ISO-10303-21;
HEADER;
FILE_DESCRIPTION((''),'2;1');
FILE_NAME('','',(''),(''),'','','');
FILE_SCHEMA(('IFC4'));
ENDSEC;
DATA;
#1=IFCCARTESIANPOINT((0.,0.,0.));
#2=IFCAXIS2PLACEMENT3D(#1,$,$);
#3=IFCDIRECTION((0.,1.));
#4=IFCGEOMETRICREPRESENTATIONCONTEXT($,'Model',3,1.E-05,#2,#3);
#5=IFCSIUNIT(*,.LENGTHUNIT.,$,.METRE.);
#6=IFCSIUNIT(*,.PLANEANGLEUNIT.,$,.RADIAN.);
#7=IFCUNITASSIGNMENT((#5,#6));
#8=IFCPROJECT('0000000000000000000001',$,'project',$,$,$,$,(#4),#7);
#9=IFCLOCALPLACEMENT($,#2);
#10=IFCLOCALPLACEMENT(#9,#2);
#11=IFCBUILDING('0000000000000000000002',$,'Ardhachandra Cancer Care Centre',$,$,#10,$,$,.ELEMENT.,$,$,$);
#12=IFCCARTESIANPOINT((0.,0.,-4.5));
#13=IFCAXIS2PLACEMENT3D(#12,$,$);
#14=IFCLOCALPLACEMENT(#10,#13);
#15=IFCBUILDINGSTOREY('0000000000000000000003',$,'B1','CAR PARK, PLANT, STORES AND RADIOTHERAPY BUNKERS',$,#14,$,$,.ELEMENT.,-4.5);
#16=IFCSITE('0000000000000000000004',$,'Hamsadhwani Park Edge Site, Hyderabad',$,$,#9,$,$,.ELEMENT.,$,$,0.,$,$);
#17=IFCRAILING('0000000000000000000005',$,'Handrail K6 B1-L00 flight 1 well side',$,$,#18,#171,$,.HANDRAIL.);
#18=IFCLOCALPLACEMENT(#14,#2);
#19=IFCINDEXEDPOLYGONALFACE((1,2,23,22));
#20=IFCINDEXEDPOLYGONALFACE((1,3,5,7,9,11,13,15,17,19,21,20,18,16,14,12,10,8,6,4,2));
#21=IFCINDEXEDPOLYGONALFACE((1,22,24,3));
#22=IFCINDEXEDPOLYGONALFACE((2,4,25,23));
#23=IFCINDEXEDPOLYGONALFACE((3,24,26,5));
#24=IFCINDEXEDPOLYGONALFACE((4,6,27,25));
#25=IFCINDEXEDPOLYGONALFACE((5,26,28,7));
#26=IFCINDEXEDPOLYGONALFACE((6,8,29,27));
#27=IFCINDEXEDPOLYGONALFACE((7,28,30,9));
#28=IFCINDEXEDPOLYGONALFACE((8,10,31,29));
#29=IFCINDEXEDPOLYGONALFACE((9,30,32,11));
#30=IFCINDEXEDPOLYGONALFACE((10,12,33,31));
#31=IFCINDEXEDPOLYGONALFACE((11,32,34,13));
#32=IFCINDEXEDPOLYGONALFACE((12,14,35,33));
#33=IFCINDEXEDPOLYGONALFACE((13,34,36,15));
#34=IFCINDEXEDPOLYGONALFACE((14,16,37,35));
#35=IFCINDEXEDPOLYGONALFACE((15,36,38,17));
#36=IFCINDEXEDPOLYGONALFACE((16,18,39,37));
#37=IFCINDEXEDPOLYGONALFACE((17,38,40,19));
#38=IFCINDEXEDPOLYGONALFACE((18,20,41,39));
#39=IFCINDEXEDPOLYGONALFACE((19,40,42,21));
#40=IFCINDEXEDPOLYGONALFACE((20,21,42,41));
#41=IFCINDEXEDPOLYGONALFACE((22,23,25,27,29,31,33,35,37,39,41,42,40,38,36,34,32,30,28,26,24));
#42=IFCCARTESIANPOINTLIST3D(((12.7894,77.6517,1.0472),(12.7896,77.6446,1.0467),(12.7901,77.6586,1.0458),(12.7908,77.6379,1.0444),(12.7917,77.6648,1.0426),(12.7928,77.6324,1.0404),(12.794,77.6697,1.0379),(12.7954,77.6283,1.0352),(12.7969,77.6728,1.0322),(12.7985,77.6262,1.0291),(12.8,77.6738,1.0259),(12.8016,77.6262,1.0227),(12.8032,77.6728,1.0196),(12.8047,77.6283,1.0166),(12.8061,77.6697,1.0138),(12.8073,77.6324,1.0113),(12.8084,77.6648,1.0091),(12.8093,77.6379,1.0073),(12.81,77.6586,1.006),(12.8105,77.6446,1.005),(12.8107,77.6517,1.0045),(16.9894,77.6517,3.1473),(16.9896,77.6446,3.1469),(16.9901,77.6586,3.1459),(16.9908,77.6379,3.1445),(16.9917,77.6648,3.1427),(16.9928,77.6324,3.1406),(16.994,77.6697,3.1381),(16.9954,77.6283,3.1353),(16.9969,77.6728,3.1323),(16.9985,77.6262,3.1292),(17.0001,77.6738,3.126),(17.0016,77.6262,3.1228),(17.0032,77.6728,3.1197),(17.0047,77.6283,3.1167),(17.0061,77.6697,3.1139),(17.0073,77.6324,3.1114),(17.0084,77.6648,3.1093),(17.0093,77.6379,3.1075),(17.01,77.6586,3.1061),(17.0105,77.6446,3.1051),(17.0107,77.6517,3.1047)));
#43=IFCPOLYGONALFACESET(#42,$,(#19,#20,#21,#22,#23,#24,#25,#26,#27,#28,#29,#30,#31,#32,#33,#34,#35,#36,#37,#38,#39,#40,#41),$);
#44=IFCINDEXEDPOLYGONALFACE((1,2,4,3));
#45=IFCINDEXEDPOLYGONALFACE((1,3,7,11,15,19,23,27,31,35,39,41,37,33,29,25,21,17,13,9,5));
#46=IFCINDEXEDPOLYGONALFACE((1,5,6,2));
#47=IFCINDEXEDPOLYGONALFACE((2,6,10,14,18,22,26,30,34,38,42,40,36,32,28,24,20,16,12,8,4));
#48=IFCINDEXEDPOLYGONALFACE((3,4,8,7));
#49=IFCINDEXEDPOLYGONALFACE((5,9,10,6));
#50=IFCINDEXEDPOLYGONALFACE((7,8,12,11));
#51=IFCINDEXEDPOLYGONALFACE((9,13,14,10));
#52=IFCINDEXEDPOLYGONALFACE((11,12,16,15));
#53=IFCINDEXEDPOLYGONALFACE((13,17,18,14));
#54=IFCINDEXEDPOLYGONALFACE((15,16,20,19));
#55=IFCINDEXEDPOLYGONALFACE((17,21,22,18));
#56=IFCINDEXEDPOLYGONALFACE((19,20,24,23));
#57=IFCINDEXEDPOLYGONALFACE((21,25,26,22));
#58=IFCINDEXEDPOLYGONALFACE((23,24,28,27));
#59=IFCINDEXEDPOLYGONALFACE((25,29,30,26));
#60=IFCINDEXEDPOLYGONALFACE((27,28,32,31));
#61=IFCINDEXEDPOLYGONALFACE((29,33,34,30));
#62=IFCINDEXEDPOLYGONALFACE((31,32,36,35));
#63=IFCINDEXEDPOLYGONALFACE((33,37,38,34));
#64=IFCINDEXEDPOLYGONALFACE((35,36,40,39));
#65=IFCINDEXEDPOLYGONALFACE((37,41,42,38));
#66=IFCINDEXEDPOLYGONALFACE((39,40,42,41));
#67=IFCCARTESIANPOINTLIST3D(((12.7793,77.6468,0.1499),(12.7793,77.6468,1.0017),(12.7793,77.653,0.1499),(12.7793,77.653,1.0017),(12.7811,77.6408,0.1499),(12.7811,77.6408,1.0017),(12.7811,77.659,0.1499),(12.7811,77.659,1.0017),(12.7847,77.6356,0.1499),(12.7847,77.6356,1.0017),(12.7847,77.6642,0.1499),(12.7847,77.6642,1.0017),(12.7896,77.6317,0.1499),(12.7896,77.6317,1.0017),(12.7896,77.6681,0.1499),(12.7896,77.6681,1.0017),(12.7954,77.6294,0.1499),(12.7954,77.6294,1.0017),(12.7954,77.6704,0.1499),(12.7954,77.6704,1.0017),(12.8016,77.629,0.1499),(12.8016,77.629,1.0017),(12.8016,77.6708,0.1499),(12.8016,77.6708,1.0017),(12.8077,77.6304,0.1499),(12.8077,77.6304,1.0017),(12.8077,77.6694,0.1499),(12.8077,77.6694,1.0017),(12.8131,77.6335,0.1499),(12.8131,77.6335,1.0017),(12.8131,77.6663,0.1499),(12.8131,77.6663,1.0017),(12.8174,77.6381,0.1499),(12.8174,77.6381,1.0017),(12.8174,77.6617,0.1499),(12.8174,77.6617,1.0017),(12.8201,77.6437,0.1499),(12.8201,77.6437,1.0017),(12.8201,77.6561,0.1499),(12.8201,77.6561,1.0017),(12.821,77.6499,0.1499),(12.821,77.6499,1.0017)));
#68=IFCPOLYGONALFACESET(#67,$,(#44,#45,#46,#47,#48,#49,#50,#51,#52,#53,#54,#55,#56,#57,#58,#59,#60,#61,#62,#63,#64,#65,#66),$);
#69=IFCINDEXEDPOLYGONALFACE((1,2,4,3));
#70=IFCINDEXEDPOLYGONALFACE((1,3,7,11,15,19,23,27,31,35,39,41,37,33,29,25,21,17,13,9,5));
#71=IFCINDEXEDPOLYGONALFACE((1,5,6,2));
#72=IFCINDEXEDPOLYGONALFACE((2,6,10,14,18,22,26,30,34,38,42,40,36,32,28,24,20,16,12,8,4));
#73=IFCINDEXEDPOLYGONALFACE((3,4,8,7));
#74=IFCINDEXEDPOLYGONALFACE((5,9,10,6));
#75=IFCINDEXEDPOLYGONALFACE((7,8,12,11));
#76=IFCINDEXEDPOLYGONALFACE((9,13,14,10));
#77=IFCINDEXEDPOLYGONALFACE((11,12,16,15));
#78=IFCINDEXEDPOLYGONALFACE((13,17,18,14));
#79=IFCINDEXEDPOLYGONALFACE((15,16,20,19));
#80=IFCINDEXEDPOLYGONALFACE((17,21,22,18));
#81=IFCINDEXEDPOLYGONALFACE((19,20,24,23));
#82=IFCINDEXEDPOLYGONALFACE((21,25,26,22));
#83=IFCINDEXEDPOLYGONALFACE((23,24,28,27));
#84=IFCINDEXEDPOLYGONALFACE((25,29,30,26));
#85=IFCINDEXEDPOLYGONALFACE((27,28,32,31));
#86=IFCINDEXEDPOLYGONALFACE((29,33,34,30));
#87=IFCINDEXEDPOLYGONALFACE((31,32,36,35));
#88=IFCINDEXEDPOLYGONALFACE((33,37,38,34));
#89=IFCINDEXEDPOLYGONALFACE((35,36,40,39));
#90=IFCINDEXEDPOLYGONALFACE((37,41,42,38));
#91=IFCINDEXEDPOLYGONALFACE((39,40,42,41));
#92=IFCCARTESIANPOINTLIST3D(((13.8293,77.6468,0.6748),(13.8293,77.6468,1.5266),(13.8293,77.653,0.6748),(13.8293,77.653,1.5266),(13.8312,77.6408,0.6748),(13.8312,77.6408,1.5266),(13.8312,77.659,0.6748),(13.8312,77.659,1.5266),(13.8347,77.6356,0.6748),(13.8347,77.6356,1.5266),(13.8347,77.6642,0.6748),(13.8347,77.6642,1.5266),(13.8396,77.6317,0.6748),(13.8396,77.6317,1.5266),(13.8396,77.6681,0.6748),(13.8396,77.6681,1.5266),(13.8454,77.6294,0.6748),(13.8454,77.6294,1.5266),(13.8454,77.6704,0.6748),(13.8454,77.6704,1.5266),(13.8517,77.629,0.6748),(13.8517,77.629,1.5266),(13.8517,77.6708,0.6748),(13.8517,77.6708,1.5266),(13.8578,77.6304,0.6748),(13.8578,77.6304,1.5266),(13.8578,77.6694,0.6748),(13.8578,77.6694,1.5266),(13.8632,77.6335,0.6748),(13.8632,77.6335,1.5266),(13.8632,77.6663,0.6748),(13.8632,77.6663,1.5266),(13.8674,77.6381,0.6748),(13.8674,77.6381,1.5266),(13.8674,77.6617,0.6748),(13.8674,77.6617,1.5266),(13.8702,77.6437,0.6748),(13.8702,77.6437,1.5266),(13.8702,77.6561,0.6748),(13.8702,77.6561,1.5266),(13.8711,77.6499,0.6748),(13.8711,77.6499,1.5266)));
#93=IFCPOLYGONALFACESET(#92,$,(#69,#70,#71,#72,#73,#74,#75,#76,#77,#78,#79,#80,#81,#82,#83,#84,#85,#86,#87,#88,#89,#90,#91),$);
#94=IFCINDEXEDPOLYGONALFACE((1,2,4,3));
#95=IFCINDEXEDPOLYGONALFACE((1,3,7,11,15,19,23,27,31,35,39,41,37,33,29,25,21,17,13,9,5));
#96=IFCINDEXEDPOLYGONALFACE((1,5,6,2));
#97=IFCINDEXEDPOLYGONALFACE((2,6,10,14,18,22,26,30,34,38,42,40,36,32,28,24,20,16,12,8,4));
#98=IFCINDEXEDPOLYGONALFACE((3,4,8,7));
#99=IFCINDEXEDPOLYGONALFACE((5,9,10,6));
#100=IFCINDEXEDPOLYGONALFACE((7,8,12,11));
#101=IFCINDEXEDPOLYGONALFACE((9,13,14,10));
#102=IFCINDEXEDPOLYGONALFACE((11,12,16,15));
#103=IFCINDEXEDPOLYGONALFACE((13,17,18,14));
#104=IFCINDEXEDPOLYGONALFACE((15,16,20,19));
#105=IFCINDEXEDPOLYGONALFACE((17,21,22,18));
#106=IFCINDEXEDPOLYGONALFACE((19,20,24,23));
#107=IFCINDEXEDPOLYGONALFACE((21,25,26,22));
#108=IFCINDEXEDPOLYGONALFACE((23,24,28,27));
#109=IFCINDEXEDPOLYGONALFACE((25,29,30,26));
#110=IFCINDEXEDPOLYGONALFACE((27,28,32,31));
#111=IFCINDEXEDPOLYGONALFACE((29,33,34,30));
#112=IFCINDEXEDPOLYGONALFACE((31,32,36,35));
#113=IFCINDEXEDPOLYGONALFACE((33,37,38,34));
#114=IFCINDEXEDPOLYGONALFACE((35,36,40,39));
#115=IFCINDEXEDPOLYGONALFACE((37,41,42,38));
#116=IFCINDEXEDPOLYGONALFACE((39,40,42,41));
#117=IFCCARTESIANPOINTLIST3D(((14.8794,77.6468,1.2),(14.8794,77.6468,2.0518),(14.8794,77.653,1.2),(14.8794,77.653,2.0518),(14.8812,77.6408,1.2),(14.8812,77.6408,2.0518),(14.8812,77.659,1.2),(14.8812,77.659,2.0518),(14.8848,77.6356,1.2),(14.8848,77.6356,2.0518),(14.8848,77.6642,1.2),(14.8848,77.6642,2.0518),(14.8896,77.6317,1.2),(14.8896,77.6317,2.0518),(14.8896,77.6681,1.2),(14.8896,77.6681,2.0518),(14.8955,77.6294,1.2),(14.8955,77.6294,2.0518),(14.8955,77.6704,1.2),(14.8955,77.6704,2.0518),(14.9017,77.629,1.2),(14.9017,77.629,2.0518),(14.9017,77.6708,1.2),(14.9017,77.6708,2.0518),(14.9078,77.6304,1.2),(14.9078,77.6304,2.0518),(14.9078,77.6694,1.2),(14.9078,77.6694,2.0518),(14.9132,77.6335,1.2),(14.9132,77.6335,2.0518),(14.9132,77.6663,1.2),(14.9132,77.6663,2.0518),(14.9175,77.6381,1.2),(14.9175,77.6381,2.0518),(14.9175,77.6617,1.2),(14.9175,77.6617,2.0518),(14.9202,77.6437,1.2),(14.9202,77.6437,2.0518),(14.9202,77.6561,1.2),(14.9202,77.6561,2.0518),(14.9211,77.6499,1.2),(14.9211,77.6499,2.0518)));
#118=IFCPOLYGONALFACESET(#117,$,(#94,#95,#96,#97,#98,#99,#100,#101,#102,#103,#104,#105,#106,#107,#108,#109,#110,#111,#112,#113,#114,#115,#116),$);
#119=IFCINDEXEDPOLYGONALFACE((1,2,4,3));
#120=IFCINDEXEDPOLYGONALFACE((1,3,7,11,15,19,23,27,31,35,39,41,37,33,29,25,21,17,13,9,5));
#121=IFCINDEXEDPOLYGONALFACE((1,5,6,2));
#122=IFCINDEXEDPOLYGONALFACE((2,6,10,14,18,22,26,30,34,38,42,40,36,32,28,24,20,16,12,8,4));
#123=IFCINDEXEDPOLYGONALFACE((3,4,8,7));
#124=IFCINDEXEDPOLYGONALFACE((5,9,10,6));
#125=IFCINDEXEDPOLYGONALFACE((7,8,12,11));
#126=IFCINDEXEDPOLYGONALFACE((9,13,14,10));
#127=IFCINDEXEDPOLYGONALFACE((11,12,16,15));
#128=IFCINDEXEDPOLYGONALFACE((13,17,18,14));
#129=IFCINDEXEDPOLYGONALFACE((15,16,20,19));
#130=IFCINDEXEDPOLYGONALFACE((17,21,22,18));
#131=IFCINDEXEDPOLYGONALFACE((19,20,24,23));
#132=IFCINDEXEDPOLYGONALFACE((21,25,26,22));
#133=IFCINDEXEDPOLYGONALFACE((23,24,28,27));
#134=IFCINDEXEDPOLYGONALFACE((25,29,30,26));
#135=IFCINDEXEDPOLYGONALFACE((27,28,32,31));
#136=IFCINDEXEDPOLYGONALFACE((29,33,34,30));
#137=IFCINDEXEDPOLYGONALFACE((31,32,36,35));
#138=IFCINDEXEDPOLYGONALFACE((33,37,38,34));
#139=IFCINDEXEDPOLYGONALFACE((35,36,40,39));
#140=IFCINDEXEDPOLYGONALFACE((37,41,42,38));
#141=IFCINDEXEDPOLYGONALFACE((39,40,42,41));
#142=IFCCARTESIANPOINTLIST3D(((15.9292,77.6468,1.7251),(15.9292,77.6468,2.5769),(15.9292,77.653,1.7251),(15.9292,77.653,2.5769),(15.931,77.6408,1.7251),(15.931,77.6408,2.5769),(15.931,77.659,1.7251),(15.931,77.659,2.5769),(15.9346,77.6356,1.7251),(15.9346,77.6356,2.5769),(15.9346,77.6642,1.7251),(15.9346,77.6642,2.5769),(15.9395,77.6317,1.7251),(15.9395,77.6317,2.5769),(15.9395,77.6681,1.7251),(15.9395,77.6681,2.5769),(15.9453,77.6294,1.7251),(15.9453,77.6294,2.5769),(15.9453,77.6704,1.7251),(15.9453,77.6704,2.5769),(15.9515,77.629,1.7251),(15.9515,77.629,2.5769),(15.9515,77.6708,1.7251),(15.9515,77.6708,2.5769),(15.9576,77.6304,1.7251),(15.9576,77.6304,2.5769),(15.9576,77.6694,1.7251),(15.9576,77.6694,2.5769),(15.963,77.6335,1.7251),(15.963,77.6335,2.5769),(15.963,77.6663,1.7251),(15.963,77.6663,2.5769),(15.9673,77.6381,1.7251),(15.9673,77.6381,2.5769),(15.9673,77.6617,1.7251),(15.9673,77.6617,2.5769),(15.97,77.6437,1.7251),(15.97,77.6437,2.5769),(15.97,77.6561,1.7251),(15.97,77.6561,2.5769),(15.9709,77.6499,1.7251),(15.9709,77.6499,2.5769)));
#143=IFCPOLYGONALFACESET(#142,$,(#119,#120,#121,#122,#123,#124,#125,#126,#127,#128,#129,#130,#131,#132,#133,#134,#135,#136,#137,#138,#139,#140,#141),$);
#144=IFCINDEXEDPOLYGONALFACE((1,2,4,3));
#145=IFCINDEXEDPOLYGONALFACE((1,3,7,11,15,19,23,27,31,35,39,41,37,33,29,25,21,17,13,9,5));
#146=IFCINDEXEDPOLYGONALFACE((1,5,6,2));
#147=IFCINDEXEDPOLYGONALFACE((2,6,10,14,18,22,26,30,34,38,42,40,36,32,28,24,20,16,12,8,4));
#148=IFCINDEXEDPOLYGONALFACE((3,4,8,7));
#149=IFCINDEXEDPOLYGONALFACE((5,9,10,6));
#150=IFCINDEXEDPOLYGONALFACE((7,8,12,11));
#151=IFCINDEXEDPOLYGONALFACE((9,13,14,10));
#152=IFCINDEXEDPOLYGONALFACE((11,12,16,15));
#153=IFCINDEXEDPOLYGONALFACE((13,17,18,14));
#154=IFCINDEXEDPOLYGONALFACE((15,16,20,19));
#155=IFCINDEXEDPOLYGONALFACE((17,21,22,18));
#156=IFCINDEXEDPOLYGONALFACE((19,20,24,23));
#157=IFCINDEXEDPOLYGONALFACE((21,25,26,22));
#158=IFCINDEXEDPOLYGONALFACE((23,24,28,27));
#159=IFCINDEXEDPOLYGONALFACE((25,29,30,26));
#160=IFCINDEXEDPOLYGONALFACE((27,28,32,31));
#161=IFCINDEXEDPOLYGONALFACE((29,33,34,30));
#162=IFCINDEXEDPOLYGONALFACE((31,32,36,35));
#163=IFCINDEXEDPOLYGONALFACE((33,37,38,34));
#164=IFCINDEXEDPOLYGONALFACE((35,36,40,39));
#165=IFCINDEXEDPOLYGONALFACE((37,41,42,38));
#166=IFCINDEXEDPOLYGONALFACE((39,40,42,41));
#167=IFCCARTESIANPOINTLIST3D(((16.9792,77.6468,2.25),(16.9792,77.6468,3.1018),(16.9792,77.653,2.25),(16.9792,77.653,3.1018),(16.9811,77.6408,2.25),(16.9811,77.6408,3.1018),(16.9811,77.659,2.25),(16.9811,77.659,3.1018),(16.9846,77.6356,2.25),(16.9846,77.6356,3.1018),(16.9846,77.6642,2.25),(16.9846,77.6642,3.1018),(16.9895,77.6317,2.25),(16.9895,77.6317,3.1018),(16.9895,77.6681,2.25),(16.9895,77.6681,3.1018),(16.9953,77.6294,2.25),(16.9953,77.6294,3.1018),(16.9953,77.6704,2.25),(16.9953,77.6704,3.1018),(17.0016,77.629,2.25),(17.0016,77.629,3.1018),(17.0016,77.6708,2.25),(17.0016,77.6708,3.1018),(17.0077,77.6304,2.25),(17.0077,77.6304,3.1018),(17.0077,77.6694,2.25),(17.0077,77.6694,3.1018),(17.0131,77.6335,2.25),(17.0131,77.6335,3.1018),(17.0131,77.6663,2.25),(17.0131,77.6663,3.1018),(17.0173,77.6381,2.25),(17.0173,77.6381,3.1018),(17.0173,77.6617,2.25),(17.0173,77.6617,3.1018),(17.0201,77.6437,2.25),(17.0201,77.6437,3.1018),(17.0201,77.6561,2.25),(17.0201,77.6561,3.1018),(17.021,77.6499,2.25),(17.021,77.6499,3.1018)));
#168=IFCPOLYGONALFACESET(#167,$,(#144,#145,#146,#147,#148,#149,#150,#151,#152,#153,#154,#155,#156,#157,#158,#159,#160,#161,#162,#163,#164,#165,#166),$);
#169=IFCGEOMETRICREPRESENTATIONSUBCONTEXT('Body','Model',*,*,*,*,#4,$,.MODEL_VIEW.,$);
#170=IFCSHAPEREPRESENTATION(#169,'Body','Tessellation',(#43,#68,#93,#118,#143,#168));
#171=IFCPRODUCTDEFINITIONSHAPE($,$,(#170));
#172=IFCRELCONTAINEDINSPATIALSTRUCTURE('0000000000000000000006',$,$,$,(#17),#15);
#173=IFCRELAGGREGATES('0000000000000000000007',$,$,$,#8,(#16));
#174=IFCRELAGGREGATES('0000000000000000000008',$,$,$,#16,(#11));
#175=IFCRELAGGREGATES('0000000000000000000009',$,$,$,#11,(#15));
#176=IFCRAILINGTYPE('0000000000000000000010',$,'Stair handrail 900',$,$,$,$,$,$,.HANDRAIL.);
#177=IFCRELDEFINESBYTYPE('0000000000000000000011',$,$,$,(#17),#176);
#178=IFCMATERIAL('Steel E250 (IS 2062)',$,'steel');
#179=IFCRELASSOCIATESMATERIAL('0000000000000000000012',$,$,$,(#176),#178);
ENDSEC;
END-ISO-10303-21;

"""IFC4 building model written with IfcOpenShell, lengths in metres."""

from ifc_helpers import new_model, si_unit, direction, frame, origin, origin_2d, place, context, subcontext, project, spatial, circle, extrude, material, type_object, element, save


model = new_model("IFC4")

# Units and contexts
model_context = context("Model", 3, precision=1e-05, world=origin(), true_north=direction((0.0, 1.0)))
body_context = subcontext(model_context, "Body", "Model", "MODEL_VIEW")
ifc_project = project(units=[si_unit("LENGTHUNIT", "METRE"), si_unit("PLANEANGLEUNIT", "RADIAN")], contexts=[model_context])

# Site, building, storey
site_placement = place(None, origin())
site = spatial("IfcSite", under=ifc_project, at=site_placement, Name="Hamsadhwani Park Edge Site, Hyderabad", CompositionType="ELEMENT", RefElevation=0.0)
building_placement = place(site_placement, origin())
building = spatial("IfcBuilding", under=site, at=building_placement, Name="Ardhachandra Cancer Care Centre", CompositionType="ELEMENT")
storey_placement = place(building_placement, frame((0.0, 0.0, -4.5)))
storey = spatial("IfcBuildingStorey", under=building, at=storey_placement, Name="B1", Description="CAR PARK, PLANT, STORES AND RADIOTHERAPY BUNKERS", CompositionType="ELEMENT", Elevation=-4.5)

# Railing
ifc_material_1 = material(Name="Steel E250 (IS 2062)", Category="steel")
railing_type = type_object("IfcRailingType", Name="Stair handrail 900", PredefinedType="HANDRAIL", material=ifc_material_1)
for number, where, name in (
    (1, (12.8, 77.6499, 0.1499), "Handrail K6 B1-L00 flight 1 well side"),
):
    element("IfcRailing", number, at=place(storey_placement, frame(where)), inside=storey, type_object=railing_type, Name=name, PredefinedType="HANDRAIL", context=body_context, shape_type="SweptSolid", body=[
        extrude(circle(Radius=0.0239, at=origin_2d()), frame((0.0, 0.0, 0.876), z_axis=(0.894417, 0.0, 0.447234), x_axis=(0.0, 1.0, 0.0)), (0.0, 0.0, 1.0), 4.6958),
        extrude(circle(Radius=0.021, at=origin_2d()), origin(), (0.0, 0.0, 1.0), 0.8518),
        extrude(circle(Radius=0.021, at=origin_2d()), frame((1.05, 0.0, 0.5249)), (0.0, 0.0, 1.0), 0.8518),
        extrude(circle(Radius=0.021, at=origin_2d()), frame((2.1001, 0.0, 1.05)), (0.0, 0.0, 1.0), 0.8518),
        extrude(circle(Radius=0.021, at=origin_2d()), frame((3.1499, 0.0, 1.5752)), (0.0, 0.0, 1.0), 0.8518),
        extrude(circle(Radius=0.021, at=origin_2d()), frame((4.2, 0.0, 2.1001)), (0.0, 0.0, 1.0), 0.8518),
    ])

save(model, "model.ifc")
